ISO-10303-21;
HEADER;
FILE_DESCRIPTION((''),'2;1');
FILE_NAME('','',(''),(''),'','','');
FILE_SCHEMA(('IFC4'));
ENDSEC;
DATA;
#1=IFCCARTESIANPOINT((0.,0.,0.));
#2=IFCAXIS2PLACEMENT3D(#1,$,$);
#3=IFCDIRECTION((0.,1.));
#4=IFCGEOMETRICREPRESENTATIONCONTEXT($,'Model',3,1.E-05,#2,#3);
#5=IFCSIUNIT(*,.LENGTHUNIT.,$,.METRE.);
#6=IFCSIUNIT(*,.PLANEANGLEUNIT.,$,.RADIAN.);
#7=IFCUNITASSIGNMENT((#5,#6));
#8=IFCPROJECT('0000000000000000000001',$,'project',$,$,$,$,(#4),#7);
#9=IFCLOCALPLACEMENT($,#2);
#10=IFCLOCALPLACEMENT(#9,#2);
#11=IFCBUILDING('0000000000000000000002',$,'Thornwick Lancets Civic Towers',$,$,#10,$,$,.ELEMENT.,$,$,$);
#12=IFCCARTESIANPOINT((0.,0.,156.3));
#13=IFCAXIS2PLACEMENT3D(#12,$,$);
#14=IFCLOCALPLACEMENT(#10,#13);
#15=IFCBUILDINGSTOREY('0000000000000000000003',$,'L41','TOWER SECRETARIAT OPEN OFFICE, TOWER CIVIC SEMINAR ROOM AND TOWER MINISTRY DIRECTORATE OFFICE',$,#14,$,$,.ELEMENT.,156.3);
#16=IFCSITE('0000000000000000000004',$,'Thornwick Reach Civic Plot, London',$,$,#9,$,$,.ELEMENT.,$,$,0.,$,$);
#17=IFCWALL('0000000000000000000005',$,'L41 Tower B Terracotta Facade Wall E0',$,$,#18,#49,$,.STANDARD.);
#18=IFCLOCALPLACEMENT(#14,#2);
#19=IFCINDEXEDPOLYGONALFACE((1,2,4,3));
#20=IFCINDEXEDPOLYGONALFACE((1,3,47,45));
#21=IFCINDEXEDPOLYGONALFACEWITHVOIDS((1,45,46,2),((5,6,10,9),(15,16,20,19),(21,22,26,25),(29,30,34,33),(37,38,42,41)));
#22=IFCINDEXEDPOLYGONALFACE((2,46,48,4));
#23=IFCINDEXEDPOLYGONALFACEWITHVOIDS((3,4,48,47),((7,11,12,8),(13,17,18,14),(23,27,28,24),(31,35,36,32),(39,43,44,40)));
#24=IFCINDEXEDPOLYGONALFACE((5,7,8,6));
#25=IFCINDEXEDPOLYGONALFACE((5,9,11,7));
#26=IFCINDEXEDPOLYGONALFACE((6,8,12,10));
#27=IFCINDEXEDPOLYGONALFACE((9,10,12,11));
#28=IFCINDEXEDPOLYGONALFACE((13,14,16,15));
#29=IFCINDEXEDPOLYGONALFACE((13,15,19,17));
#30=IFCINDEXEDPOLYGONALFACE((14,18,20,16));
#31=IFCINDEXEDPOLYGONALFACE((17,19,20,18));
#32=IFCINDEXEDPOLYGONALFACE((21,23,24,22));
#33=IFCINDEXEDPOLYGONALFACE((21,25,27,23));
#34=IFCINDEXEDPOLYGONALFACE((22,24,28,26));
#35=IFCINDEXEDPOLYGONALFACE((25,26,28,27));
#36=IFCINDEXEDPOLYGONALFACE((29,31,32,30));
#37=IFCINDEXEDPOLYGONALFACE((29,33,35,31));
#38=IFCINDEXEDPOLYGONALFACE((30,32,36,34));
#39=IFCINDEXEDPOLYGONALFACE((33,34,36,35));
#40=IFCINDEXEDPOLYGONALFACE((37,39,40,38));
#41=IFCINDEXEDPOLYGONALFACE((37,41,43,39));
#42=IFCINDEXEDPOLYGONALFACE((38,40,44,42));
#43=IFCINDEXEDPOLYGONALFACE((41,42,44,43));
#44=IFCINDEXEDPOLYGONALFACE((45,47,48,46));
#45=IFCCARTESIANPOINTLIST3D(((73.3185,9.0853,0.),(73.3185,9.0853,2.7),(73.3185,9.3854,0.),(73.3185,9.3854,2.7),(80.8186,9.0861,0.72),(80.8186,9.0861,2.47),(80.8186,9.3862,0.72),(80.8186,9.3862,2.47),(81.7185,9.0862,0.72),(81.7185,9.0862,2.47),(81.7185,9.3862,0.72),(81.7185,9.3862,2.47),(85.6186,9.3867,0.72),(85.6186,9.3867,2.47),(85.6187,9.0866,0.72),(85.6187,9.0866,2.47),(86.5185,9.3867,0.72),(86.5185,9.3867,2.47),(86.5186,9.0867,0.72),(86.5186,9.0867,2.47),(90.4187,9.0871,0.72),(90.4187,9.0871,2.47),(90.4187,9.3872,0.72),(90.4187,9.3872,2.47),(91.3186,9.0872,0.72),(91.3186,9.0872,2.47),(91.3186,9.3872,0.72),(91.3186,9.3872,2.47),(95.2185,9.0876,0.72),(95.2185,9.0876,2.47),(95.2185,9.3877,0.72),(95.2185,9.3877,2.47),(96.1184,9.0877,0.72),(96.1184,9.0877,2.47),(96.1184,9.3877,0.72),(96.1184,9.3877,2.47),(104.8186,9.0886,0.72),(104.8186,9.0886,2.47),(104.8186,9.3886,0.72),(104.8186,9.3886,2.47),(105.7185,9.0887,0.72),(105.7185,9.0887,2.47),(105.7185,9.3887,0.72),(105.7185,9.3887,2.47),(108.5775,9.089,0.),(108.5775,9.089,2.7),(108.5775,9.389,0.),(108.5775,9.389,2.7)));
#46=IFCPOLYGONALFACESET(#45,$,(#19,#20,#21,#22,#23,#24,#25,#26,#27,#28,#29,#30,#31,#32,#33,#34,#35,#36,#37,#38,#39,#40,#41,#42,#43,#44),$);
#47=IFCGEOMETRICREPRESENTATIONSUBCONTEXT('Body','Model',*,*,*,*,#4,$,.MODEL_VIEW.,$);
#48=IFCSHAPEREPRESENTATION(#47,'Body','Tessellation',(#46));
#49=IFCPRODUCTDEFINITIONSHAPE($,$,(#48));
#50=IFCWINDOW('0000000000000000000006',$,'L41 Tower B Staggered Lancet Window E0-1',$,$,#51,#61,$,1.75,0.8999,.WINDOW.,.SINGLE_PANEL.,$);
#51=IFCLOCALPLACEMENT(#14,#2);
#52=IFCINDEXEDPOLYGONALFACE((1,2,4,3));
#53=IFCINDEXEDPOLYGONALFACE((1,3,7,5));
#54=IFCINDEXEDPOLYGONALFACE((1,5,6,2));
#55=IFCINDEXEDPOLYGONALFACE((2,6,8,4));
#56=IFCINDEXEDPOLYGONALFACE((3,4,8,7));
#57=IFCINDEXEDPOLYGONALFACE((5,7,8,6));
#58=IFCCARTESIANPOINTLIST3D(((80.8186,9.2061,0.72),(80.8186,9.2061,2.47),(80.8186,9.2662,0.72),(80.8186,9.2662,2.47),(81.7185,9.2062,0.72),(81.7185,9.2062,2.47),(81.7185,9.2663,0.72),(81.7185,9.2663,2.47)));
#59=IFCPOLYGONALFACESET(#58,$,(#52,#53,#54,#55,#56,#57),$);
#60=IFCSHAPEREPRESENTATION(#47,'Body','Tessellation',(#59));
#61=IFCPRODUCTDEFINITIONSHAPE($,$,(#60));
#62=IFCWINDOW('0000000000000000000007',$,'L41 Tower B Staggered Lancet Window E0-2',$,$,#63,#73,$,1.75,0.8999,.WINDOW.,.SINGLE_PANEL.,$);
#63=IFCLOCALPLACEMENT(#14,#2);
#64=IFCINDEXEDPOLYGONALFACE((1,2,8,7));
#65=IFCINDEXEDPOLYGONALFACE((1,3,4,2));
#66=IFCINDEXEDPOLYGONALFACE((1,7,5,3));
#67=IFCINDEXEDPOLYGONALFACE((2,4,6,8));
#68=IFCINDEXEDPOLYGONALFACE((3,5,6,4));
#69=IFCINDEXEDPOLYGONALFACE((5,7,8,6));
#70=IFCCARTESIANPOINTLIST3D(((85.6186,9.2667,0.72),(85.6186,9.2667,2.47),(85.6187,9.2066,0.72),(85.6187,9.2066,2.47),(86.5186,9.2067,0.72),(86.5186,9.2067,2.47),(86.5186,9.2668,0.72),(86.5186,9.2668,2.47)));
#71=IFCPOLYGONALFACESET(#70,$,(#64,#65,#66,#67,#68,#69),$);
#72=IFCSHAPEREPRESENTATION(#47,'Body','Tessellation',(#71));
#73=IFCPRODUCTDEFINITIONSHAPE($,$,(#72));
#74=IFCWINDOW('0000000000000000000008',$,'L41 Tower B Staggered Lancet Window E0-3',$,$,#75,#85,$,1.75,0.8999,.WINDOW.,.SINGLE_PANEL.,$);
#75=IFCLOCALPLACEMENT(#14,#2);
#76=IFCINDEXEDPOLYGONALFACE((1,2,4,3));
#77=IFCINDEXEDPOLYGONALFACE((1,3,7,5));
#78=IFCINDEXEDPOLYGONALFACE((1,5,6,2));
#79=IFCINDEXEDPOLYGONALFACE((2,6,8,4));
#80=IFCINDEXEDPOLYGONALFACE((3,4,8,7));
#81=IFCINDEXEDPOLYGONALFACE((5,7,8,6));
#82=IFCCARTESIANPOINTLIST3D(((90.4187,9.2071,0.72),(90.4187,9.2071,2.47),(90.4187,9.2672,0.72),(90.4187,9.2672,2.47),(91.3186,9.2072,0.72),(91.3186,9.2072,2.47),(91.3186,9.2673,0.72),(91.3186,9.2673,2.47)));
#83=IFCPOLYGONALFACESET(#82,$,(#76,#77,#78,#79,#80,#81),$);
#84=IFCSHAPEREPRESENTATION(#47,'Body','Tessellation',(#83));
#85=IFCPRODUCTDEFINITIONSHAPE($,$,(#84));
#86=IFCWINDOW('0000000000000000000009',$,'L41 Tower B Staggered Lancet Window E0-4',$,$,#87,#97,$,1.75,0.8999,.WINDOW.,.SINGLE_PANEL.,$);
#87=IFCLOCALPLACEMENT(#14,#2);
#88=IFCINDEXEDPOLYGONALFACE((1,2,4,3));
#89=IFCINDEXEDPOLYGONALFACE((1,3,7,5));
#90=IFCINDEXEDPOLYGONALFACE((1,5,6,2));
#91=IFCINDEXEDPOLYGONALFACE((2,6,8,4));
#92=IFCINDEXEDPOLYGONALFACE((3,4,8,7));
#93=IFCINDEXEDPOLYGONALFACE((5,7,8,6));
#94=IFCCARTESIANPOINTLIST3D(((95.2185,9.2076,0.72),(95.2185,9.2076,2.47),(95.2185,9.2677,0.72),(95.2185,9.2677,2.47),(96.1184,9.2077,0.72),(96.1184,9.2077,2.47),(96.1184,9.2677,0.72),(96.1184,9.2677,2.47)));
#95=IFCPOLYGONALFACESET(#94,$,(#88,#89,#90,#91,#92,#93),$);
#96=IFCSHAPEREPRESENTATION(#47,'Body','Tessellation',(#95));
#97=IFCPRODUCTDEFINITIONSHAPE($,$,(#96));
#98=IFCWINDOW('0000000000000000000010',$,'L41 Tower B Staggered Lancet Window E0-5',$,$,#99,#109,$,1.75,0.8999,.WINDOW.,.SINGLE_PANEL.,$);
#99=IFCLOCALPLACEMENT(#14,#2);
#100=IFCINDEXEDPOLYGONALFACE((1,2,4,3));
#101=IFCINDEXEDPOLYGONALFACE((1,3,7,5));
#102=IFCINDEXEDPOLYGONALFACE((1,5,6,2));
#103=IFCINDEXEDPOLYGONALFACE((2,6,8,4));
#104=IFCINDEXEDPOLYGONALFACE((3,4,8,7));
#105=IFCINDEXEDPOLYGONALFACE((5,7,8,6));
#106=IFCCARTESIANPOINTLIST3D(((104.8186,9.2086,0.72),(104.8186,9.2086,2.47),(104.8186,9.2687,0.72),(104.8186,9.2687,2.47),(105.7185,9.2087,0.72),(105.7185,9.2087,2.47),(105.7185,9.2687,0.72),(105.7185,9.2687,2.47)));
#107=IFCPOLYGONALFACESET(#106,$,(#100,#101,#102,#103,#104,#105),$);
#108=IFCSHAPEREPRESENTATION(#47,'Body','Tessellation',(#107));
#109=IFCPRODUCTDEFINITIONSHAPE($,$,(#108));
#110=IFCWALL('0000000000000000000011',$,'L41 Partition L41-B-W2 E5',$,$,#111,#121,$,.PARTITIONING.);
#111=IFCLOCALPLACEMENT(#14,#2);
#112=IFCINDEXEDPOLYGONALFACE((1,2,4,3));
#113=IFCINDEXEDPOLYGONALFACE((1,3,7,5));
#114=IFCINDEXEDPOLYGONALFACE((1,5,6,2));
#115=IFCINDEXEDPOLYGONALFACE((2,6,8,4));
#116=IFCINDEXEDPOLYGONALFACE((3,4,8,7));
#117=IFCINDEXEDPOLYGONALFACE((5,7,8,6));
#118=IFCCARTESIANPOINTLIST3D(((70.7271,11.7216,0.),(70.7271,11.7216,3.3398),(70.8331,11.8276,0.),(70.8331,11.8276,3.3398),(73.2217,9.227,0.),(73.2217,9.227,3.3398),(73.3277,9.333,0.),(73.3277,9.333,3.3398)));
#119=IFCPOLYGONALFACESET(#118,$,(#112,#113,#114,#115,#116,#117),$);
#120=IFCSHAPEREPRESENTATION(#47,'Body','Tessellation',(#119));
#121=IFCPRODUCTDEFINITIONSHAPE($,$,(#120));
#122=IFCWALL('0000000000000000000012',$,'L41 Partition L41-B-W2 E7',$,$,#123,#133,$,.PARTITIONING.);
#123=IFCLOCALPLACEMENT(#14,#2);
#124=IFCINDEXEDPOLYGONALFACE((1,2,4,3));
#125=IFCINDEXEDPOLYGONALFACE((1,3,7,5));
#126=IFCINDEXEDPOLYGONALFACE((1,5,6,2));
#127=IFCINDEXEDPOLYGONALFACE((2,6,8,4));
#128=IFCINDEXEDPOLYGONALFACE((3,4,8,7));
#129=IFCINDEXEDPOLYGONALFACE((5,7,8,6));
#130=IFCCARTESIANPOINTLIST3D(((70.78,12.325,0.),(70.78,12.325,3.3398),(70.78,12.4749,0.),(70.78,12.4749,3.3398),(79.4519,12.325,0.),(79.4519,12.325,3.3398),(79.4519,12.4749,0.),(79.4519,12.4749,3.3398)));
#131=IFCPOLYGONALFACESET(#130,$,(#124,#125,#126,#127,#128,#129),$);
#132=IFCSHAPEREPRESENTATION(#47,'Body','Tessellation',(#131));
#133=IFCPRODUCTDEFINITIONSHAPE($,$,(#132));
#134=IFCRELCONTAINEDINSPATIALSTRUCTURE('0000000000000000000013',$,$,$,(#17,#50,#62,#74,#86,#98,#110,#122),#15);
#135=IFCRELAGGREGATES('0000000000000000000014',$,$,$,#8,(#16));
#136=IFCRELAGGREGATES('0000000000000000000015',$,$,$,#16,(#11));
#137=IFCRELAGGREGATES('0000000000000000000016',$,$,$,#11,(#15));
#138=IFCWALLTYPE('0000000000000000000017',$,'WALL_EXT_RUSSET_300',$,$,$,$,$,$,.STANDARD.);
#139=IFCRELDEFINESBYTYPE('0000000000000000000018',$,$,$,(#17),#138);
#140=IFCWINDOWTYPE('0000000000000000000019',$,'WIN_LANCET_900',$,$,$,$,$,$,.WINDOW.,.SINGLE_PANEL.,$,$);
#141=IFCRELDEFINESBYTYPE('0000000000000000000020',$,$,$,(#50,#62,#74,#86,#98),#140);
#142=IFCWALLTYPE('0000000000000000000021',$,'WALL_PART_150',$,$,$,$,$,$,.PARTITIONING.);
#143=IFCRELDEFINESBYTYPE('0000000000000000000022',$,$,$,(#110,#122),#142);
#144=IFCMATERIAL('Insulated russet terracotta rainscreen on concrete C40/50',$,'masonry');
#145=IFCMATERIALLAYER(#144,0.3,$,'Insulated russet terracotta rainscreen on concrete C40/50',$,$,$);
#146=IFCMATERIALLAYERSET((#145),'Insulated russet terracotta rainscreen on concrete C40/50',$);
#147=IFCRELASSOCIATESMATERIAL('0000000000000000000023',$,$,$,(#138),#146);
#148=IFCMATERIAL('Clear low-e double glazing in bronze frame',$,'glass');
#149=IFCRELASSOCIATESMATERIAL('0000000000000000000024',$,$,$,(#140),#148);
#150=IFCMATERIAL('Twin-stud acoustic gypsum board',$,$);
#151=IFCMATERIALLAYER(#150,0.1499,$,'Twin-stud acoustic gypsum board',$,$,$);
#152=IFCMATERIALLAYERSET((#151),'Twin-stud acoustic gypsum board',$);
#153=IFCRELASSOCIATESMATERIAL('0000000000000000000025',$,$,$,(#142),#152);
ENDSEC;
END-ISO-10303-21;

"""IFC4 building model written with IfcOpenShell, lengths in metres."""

from ifc_helpers import new_model, si_unit, direction, frame, frame_2d, origin, place, context, subcontext, project, spatial, rectangle, extrude, material, layer, layer_set, type_object, element, fill, save


model = new_model("IFC4")

# Units and contexts
model_context = context("Model", 3, precision=1e-05, world=origin(), true_north=direction((0.0, 1.0)))
body_context = subcontext(model_context, "Body", "Model", "MODEL_VIEW")
ifc_project = project(units=[si_unit("LENGTHUNIT", "METRE"), si_unit("PLANEANGLEUNIT", "RADIAN")], contexts=[model_context])

# Site, building, storey
site_placement = place(None, origin())
site = spatial("IfcSite", under=ifc_project, at=site_placement, Name="Thornwick Reach Civic Plot, London", CompositionType="ELEMENT", RefElevation=0.0)
building_placement = place(site_placement, origin())
building = spatial("IfcBuilding", under=site, at=building_placement, Name="Thornwick Lancets Civic Towers", CompositionType="ELEMENT")
storey_placement = place(building_placement, frame((0.0, 0.0, 156.3)))
storey = spatial("IfcBuildingStorey", under=building, at=storey_placement, Name="L41", Description="TOWER SECRETARIAT OPEN OFFICE, TOWER CIVIC SEMINAR ROOM AND TOWER MINISTRY DIRECTORATE OFFICE", CompositionType="ELEMENT", Elevation=156.3)

# Wall, openings, windows
ifc_material_1 = material(Name="Insulated russet terracotta rainscreen on concrete C40/50", Category="masonry")
ifc_layer_1 = layer(ifc_material_1, 0.3, Name="Insulated russet terracotta rainscreen on concrete C40/50")
ifc_layer_set_1 = layer_set([ifc_layer_1], Name="Insulated russet terracotta rainscreen on concrete C40/50")
wall_type_1 = type_object("IfcWallType", Name="WALL_EXT_RUSSET_300", PredefinedType="STANDARD", material=ifc_layer_set_1)
ifc_material_2 = material(Name="Clear low-e double glazing in bronze frame", Category="glass")
window_type = type_object("IfcWindowType", Name="WIN_LANCET_900", PartitioningType="SINGLE_PANEL", PredefinedType="WINDOW", material=ifc_material_2)
wall_1_placement = place(storey_placement, frame((73.3186, 9.2354, 0.0), z_axis=(0.0, 0.0, 1.0), x_axis=(1.0, 0.000104, 0.0)))
wall_1 = element("IfcWall", 1, at=wall_1_placement, inside=storey, type_object=wall_type_1, Name="L41 Tower B Terracotta Facade Wall E0", PredefinedType="STANDARD", context=body_context, shape_type="SweptSolid", body=[
    extrude(rectangle(XDim=35.259, YDim=0.3, at=frame_2d((17.6294, 0.0))), origin(), (0.0, 0.0, 1.0), 2.7),
])
opening_1_placement = place(wall_1_placement, frame((7.5, 0.0, 0.72)))
opening_1 = element("IfcOpeningElement", 2, at=opening_1_placement, cuts=wall_1, PredefinedType="OPENING", context=body_context, shape_type="SweptSolid", body=[
    extrude(rectangle(XDim=0.8999, YDim=1.75, at=frame_2d((0.45, 0.875))), frame((0.0, 0.1602, 0.0), z_axis=(0.0, -1.0, 0.0), x_axis=(1.0, 0.0, 0.0)), (0.0, 0.0, 1.0), 0.3201),
])
opening_2_placement = place(wall_1_placement, frame((12.3, 0.0, 0.72)))
opening_2 = element("IfcOpeningElement", 3, at=opening_2_placement, cuts=wall_1, PredefinedType="OPENING", context=body_context, shape_type="SweptSolid", body=[
    extrude(rectangle(XDim=0.8999, YDim=1.75, at=frame_2d((0.45, 0.875))), frame((0.0, 0.1602, 0.0), z_axis=(0.0, -1.0, 0.0), x_axis=(1.0, 0.0, 0.0)), (0.0, 0.0, 1.0), 0.3201),
])
opening_3_placement = place(wall_1_placement, frame((17.1001, 0.0, 0.72)))
opening_3 = element("IfcOpeningElement", 4, at=opening_3_placement, cuts=wall_1, PredefinedType="OPENING", context=body_context, shape_type="SweptSolid", body=[
    extrude(rectangle(XDim=0.8999, YDim=1.75, at=frame_2d((0.45, 0.875))), frame((0.0, 0.1602, 0.0), z_axis=(0.0, -1.0, 0.0), x_axis=(1.0, 0.0, 0.0)), (0.0, 0.0, 1.0), 0.3201),
])
opening_4_placement = place(wall_1_placement, frame((21.8999, 0.0, 0.72)))
opening_4 = element("IfcOpeningElement", 5, at=opening_4_placement, cuts=wall_1, PredefinedType="OPENING", context=body_context, shape_type="SweptSolid", body=[
    extrude(rectangle(XDim=0.8999, YDim=1.75, at=frame_2d((0.45, 0.875))), frame((0.0, 0.1602, 0.0), z_axis=(0.0, -1.0, 0.0), x_axis=(1.0, 0.0, 0.0)), (0.0, 0.0, 1.0), 0.3201),
])
opening_5_placement = place(wall_1_placement, frame((31.5, 0.0, 0.72)))
opening_5 = element("IfcOpeningElement", 6, at=opening_5_placement, cuts=wall_1, PredefinedType="OPENING", context=body_context, shape_type="SweptSolid", body=[
    extrude(rectangle(XDim=0.8999, YDim=1.75, at=frame_2d((0.45, 0.875))), frame((0.0, 0.1602, 0.0), z_axis=(0.0, -1.0, 0.0), x_axis=(1.0, 0.0, 0.0)), (0.0, 0.0, 1.0), 0.3201),
])
window_1_placement = place(opening_1_placement, origin())
window_1 = element("IfcWindow", 7, at=window_1_placement, inside=storey, type_object=window_type, Name="L41 Tower B Staggered Lancet Window E0-1", OverallHeight=1.75, OverallWidth=0.8999, PartitioningType="SINGLE_PANEL", PredefinedType="WINDOW", context=body_context, shape_type="SweptSolid", body=[
    extrude(rectangle(XDim=0.8999, YDim=1.75, at=frame_2d((0.45, 0.875))), frame((0.0, 0.03, 0.0), z_axis=(0.0, -1.0, 0.0), x_axis=(1.0, 0.0, 0.0)), (0.0, 0.0, 1.0), 0.0601),
])
fill(opening_1, window_1)
window_2_placement = place(opening_2_placement, origin())
window_2 = element("IfcWindow", 8, at=window_2_placement, inside=storey, type_object=window_type, Name="L41 Tower B Staggered Lancet Window E0-2", OverallHeight=1.75, OverallWidth=0.8999, PartitioningType="SINGLE_PANEL", PredefinedType="WINDOW", context=body_context, shape_type="SweptSolid", body=[
    extrude(rectangle(XDim=0.8999, YDim=1.75, at=frame_2d((0.45, 0.875))), frame((0.0, 0.03, 0.0), z_axis=(0.0, -1.0, 0.0), x_axis=(1.0, 0.0, 0.0)), (0.0, 0.0, 1.0), 0.0601),
])
fill(opening_2, window_2)
window_3_placement = place(opening_3_placement, origin())
window_3 = element("IfcWindow", 9, at=window_3_placement, inside=storey, type_object=window_type, Name="L41 Tower B Staggered Lancet Window E0-3", OverallHeight=1.75, OverallWidth=0.8999, PartitioningType="SINGLE_PANEL", PredefinedType="WINDOW", context=body_context, shape_type="SweptSolid", body=[
    extrude(rectangle(XDim=0.8999, YDim=1.75, at=frame_2d((0.45, 0.875))), frame((0.0, 0.03, 0.0), z_axis=(0.0, -1.0, 0.0), x_axis=(1.0, 0.0, 0.0)), (0.0, 0.0, 1.0), 0.0601),
])
fill(opening_3, window_3)
window_4_placement = place(opening_4_placement, origin())
window_4 = element("IfcWindow", 10, at=window_4_placement, inside=storey, type_object=window_type, Name="L41 Tower B Staggered Lancet Window E0-4", OverallHeight=1.75, OverallWidth=0.8999, PartitioningType="SINGLE_PANEL", PredefinedType="WINDOW", context=body_context, shape_type="SweptSolid", body=[
    extrude(rectangle(XDim=0.8999, YDim=1.75, at=frame_2d((0.45, 0.875))), frame((0.0, 0.03, 0.0), z_axis=(0.0, -1.0, 0.0), x_axis=(1.0, 0.0, 0.0)), (0.0, 0.0, 1.0), 0.0601),
])
fill(opening_4, window_4)
window_5_placement = place(opening_5_placement, origin())
window_5 = element("IfcWindow", 11, at=window_5_placement, inside=storey, type_object=window_type, Name="L41 Tower B Staggered Lancet Window E0-5", OverallHeight=1.75, OverallWidth=0.8999, PartitioningType="SINGLE_PANEL", PredefinedType="WINDOW", context=body_context, shape_type="SweptSolid", body=[
    extrude(rectangle(XDim=0.8999, YDim=1.75, at=frame_2d((0.45, 0.875))), frame((0.0, 0.03, 0.0), z_axis=(0.0, -1.0, 0.0), x_axis=(1.0, 0.0, 0.0)), (0.0, 0.0, 1.0), 0.0601),
])
fill(opening_5, window_5)

# Walls
ifc_material_3 = material(Name="Twin-stud acoustic gypsum board")
ifc_layer_2 = layer(ifc_material_3, 0.1499, Name="Twin-stud acoustic gypsum board")
ifc_layer_set_2 = layer_set([ifc_layer_2], Name="Twin-stud acoustic gypsum board")
wall_type_2 = type_object("IfcWallType", Name="WALL_PART_150", PredefinedType="PARTITIONING", material=ifc_layer_set_2)
wall_2_placement = place(storey_placement, frame((73.2747, 9.28, 0.0), z_axis=(0.0, 0.0, 1.0), x_axis=(-0.707107, 0.707107, 0.0)))
element("IfcWall", 12, at=wall_2_placement, inside=storey, type_object=wall_type_2, Name="L41 Partition L41-B-W2 E5", PredefinedType="PARTITIONING", context=body_context, shape_type="SweptSolid", body=[
    extrude(rectangle(XDim=3.5278, YDim=0.1499, at=frame_2d((1.7639, 0.0))), origin(), (0.0, 0.0, 1.0), 3.3398),
])
wall_3_placement = place(storey_placement, frame((70.78, 12.3999, 0.0), z_axis=(0.0, 0.0, 1.0), x_axis=(1.0, 0.0, 0.0)))
element("IfcWall", 13, at=wall_3_placement, inside=storey, type_object=wall_type_2, Name="L41 Partition L41-B-W2 E7", PredefinedType="PARTITIONING", context=body_context, shape_type="SweptSolid", body=[
    extrude(rectangle(XDim=8.6719, YDim=0.1499, at=frame_2d((4.3359, 0.0))), origin(), (0.0, 0.0, 1.0), 3.3398),
])

save(model, "model.ifc")
